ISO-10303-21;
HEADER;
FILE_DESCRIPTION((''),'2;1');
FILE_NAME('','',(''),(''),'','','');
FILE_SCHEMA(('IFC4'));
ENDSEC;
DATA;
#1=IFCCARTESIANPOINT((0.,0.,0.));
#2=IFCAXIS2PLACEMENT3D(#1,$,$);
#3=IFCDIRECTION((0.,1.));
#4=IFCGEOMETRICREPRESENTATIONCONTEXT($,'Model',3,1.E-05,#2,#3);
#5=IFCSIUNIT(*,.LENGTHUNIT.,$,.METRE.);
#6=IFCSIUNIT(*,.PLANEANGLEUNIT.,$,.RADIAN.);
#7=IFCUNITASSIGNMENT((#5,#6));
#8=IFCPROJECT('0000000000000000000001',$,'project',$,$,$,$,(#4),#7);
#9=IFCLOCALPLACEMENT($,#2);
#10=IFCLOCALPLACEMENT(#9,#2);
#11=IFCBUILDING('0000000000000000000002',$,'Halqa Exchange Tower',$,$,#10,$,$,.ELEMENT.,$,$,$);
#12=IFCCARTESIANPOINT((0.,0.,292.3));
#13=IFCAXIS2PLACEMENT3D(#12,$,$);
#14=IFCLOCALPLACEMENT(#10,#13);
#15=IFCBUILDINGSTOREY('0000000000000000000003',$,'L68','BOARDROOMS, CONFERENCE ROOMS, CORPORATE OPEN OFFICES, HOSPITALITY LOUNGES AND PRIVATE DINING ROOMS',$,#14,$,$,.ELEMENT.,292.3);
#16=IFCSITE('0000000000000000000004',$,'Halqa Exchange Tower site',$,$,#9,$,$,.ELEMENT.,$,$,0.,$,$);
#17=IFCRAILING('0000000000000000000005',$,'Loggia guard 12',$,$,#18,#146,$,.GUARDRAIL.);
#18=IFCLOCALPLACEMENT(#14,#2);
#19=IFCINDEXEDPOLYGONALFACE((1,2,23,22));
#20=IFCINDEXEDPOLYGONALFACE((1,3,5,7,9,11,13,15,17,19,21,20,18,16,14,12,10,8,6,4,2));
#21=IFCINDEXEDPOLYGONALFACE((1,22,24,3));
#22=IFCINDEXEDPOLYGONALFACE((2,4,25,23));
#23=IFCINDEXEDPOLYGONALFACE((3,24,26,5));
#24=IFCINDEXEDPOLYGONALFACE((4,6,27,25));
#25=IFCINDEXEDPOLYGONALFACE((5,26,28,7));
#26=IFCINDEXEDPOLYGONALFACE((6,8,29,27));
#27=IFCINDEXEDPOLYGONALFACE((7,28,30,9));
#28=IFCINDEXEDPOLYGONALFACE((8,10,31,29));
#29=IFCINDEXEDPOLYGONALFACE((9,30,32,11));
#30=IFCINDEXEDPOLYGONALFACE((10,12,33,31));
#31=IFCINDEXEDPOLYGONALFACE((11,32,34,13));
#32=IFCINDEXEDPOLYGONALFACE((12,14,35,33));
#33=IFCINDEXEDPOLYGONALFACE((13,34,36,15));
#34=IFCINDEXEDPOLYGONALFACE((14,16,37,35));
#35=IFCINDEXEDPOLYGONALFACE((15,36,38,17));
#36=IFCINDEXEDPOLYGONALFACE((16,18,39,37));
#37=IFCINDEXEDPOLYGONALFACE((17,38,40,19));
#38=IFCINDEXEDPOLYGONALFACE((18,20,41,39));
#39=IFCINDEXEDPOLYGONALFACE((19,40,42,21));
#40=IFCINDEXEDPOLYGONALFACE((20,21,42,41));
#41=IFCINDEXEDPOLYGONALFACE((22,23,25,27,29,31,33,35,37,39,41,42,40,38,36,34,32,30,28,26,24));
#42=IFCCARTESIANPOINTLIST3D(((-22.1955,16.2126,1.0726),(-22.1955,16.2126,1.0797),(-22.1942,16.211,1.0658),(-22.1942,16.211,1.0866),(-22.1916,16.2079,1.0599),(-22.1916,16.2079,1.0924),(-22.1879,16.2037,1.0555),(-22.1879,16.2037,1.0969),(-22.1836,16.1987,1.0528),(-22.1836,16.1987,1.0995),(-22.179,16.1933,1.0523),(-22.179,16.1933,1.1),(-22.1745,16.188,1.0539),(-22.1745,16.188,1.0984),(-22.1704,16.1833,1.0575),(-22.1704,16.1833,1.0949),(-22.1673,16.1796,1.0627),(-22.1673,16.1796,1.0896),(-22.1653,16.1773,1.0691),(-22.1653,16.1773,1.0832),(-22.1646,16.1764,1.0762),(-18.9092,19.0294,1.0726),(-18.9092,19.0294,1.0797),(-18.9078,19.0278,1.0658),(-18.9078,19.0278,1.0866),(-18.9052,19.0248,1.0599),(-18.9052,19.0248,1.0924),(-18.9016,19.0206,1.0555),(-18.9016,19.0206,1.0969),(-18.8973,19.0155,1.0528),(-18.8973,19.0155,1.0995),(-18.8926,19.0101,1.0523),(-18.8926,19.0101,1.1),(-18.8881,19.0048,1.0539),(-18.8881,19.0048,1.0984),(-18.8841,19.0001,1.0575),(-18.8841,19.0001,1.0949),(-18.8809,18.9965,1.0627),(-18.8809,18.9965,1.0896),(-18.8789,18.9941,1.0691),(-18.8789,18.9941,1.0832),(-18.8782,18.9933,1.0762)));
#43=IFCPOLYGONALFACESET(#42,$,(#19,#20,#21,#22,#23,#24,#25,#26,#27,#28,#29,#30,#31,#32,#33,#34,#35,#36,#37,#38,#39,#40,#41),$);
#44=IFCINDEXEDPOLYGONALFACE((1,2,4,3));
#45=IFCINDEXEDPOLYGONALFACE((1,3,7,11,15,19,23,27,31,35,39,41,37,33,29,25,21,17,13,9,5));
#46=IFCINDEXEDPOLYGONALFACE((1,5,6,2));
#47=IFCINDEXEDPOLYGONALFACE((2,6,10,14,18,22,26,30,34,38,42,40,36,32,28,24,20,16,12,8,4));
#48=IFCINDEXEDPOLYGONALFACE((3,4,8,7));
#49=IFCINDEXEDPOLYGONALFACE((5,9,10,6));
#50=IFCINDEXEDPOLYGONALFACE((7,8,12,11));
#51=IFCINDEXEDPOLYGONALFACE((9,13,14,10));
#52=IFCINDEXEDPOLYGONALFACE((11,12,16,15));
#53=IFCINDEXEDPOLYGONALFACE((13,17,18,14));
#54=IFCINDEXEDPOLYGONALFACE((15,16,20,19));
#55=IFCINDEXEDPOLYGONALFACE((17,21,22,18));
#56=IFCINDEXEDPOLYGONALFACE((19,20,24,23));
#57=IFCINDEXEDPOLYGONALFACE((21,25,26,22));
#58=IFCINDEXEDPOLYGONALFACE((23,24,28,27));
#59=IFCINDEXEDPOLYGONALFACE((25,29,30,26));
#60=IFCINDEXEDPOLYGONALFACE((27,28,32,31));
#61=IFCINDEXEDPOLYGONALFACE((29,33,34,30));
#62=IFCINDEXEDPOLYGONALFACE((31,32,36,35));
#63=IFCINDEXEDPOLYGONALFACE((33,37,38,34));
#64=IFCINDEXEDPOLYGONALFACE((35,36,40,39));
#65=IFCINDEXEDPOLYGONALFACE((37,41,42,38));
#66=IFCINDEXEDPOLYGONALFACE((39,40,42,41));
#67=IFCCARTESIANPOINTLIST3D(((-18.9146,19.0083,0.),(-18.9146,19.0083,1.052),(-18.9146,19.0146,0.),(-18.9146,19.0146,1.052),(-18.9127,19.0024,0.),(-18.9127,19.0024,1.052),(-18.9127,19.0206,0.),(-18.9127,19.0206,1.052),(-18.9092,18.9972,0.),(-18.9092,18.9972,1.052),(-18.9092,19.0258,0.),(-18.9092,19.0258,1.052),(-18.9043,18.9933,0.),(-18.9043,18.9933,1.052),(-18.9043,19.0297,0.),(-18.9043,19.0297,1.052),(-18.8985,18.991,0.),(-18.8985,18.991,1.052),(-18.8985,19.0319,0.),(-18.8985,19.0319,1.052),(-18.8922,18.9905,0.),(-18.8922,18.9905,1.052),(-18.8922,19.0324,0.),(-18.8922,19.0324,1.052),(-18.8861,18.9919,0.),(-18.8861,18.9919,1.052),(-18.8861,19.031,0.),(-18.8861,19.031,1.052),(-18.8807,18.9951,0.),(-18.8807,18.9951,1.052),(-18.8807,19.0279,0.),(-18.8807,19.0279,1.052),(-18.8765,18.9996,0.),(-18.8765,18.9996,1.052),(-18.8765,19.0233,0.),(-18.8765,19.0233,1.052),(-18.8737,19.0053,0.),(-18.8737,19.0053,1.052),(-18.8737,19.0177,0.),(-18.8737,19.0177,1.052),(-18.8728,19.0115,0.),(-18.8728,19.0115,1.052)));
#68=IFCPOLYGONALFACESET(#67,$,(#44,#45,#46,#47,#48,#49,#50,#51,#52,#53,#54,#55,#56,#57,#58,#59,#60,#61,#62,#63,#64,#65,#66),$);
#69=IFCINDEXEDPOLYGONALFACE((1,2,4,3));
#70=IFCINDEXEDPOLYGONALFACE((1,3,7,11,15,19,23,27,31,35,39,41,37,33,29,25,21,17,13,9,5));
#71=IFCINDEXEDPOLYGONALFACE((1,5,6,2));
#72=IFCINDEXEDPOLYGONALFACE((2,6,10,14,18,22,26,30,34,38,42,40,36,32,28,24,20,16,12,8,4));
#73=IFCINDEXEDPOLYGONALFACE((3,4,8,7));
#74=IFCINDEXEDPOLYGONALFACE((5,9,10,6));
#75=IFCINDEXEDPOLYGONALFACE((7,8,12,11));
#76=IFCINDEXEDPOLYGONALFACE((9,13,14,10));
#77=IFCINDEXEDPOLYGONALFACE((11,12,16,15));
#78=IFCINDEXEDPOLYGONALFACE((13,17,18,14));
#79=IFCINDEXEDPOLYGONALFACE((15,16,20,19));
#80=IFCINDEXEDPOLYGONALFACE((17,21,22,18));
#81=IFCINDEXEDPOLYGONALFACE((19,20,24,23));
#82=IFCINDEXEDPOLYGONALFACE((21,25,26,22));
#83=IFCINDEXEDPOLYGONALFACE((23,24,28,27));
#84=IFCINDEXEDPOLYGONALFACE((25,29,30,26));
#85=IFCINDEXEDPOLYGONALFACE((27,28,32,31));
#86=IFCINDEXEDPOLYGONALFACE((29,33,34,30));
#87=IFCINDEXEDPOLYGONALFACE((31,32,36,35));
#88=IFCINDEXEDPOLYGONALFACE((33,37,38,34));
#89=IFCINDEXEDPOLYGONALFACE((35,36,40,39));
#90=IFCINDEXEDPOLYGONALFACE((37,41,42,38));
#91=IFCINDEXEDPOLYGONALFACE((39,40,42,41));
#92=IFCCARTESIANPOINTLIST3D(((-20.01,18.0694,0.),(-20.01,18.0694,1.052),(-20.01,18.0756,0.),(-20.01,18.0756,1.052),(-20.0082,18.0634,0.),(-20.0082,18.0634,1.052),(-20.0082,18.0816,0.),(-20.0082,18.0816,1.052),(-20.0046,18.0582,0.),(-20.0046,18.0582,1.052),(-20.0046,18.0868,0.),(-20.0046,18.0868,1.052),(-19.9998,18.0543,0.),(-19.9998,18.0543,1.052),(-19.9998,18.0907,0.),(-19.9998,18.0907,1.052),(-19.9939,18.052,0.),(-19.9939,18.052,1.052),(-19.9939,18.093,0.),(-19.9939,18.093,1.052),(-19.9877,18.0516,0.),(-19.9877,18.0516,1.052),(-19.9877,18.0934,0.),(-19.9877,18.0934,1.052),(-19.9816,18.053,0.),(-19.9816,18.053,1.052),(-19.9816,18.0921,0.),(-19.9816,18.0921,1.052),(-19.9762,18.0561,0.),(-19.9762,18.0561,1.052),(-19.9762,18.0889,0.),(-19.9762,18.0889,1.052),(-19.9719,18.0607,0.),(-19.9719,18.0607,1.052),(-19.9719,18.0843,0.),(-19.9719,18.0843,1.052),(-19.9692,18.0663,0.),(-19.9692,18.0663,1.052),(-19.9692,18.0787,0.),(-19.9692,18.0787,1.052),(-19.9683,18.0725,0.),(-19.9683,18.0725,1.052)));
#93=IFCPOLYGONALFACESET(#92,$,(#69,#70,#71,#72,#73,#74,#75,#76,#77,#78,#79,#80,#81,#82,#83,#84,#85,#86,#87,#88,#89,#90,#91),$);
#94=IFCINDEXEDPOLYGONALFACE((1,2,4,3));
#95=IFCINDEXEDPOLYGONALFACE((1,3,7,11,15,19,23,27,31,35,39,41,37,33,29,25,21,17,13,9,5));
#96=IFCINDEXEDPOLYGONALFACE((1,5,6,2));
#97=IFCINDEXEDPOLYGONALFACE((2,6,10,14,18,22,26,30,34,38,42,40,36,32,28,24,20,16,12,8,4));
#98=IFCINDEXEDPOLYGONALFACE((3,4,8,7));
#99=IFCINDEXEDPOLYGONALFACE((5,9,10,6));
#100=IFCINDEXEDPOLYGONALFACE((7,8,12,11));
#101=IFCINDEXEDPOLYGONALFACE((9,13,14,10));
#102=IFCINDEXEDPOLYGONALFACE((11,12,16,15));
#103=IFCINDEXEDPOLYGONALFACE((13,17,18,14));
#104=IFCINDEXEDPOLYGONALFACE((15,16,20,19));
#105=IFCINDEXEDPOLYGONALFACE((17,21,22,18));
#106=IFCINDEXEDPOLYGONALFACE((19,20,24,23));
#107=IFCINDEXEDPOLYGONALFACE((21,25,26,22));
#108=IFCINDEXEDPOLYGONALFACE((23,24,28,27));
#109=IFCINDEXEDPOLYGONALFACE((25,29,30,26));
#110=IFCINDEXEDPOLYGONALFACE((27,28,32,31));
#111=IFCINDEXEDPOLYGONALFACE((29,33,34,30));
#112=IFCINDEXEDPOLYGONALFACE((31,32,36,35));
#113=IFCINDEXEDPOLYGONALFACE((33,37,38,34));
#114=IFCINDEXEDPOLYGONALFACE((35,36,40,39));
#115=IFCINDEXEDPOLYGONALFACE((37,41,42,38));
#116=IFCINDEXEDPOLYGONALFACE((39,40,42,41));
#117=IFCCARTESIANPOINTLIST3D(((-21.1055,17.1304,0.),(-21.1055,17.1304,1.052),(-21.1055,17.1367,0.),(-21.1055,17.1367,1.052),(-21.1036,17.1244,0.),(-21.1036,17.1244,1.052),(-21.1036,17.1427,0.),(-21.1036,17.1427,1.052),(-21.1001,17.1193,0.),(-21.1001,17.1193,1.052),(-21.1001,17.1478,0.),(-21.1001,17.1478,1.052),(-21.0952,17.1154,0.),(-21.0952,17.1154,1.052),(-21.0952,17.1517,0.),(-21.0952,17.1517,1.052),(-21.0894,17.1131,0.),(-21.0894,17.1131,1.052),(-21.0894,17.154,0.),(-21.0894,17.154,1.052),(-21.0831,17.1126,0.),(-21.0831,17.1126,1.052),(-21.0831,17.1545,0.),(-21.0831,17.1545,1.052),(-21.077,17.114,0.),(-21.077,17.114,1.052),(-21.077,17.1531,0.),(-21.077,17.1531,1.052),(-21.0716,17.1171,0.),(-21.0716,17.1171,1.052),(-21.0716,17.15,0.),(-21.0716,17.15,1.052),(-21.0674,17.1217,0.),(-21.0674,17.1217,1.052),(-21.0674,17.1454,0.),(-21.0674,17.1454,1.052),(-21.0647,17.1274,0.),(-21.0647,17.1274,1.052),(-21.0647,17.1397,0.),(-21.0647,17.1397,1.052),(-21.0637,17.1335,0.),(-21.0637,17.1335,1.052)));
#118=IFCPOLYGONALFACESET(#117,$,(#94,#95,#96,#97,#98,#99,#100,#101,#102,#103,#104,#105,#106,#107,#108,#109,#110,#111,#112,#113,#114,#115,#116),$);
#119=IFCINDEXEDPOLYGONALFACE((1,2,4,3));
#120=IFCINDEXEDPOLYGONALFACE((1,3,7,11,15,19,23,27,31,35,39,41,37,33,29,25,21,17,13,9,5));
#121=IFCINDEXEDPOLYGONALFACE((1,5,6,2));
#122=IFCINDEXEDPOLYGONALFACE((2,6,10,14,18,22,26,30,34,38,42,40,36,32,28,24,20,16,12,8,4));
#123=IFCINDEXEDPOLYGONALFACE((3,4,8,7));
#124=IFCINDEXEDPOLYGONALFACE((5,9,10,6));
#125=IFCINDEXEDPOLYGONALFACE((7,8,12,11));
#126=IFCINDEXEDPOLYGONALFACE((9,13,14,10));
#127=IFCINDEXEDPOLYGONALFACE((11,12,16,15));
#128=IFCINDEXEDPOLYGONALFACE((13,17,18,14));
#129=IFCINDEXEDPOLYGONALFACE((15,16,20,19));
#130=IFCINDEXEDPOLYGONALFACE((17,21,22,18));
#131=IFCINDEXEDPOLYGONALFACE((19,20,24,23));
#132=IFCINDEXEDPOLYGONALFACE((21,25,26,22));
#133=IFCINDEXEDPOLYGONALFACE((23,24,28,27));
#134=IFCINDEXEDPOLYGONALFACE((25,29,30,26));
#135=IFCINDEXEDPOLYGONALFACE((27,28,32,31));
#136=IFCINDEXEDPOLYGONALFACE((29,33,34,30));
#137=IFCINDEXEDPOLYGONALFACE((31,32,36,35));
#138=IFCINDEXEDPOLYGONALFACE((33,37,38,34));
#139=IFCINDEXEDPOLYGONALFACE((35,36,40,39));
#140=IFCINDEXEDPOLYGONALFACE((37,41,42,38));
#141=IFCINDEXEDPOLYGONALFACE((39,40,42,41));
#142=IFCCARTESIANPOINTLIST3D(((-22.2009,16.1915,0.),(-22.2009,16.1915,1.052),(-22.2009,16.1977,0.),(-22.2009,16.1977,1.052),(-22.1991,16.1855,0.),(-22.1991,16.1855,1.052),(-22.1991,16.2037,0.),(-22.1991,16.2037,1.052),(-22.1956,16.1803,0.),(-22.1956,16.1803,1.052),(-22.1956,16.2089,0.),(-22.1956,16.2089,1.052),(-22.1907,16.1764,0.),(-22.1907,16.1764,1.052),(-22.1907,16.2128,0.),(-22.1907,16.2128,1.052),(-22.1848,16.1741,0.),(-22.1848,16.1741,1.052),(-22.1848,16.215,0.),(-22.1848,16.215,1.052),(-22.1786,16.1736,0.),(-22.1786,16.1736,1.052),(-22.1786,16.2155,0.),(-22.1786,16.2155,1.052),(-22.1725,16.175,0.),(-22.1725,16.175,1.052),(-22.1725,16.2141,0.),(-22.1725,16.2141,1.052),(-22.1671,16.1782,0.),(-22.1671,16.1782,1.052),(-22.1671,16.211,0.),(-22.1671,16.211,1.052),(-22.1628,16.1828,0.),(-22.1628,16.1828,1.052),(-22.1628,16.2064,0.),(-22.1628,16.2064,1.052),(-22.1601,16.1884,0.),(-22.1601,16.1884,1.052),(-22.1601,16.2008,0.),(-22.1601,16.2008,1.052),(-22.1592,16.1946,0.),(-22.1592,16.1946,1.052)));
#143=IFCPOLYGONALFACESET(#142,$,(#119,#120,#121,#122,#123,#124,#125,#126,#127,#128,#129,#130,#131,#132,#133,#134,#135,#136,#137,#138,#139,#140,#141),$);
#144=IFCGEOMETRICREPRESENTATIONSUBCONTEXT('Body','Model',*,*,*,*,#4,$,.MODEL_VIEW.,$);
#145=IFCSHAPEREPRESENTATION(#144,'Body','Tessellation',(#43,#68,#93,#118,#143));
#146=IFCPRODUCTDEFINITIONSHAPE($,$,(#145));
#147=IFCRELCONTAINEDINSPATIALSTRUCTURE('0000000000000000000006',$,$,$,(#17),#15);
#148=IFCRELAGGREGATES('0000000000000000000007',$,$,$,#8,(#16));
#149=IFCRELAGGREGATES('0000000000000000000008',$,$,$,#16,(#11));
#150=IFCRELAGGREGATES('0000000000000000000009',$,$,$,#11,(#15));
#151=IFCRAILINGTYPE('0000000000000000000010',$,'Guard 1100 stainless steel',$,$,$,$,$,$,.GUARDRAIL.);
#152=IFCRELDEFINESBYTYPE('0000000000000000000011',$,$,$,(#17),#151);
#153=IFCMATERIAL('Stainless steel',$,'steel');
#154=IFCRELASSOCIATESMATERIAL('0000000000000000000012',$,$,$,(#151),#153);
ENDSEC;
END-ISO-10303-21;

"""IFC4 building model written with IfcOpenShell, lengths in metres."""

from ifc_helpers import new_model, si_unit, direction, frame, origin, origin_2d, place, context, subcontext, project, spatial, circle, extrude, material, type_object, element, save


model = new_model("IFC4")

# Units and contexts
model_context = context("Model", 3, precision=1e-05, world=origin(), true_north=direction((0.0, 1.0)))
body_context = subcontext(model_context, "Body", "Model", "MODEL_VIEW")
ifc_project = project(units=[si_unit("LENGTHUNIT", "METRE"), si_unit("PLANEANGLEUNIT", "RADIAN")], contexts=[model_context])

# Site, building, storey
site_placement = place(None, origin())
site = spatial("IfcSite", under=ifc_project, at=site_placement, Name="Halqa Exchange Tower site", CompositionType="ELEMENT", RefElevation=0.0)
building_placement = place(site_placement, origin())
building = spatial("IfcBuilding", under=site, at=building_placement, Name="Halqa Exchange Tower", CompositionType="ELEMENT")
storey_placement = place(building_placement, frame((0.0, 0.0, 292.3)))
storey = spatial("IfcBuildingStorey", under=building, at=storey_placement, Name="L68", Description="BOARDROOMS, CONFERENCE ROOMS, CORPORATE OPEN OFFICES, HOSPITALITY LOUNGES AND PRIVATE DINING ROOMS", CompositionType="ELEMENT", Elevation=292.3)

# Railing
ifc_material_1 = material(Name="Stainless steel", Category="steel")
railing_type = type_object("IfcRailingType", Name="Guard 1100 stainless steel", PredefinedType="GUARDRAIL", material=ifc_material_1)
railing_1_placement = place(storey_placement, frame((-18.8938, 19.0115, 0.0)))
element("IfcRailing", 1, at=railing_1_placement, inside=storey, type_object=railing_type, Name="Loggia guard 12", PredefinedType="GUARDRAIL", context=body_context, shape_type="SweptSolid", body=[
    extrude(circle(Radius=0.0239, at=origin_2d()), frame((0.0, 0.0, 1.0762), z_axis=(-0.759257, -0.650791, 0.0), x_axis=(0.650791, -0.759257, 0.0)), (0.0, 0.0, 1.0), 4.3284),
    extrude(circle(Radius=0.021, at=origin_2d()), origin(), (0.0, 0.0, 1.0), 1.052),
    extrude(circle(Radius=0.021, at=origin_2d()), frame((-1.0955, -0.939, 0.0)), (0.0, 0.0, 1.0), 1.052),
    extrude(circle(Radius=0.021, at=origin_2d()), frame((-2.1909, -1.8779, 0.0)), (0.0, 0.0, 1.0), 1.052),
    extrude(circle(Radius=0.021, at=origin_2d()), frame((-3.2864, -2.8169, 0.0)), (0.0, 0.0, 1.0), 1.052),
])

save(model, "model.ifc")
